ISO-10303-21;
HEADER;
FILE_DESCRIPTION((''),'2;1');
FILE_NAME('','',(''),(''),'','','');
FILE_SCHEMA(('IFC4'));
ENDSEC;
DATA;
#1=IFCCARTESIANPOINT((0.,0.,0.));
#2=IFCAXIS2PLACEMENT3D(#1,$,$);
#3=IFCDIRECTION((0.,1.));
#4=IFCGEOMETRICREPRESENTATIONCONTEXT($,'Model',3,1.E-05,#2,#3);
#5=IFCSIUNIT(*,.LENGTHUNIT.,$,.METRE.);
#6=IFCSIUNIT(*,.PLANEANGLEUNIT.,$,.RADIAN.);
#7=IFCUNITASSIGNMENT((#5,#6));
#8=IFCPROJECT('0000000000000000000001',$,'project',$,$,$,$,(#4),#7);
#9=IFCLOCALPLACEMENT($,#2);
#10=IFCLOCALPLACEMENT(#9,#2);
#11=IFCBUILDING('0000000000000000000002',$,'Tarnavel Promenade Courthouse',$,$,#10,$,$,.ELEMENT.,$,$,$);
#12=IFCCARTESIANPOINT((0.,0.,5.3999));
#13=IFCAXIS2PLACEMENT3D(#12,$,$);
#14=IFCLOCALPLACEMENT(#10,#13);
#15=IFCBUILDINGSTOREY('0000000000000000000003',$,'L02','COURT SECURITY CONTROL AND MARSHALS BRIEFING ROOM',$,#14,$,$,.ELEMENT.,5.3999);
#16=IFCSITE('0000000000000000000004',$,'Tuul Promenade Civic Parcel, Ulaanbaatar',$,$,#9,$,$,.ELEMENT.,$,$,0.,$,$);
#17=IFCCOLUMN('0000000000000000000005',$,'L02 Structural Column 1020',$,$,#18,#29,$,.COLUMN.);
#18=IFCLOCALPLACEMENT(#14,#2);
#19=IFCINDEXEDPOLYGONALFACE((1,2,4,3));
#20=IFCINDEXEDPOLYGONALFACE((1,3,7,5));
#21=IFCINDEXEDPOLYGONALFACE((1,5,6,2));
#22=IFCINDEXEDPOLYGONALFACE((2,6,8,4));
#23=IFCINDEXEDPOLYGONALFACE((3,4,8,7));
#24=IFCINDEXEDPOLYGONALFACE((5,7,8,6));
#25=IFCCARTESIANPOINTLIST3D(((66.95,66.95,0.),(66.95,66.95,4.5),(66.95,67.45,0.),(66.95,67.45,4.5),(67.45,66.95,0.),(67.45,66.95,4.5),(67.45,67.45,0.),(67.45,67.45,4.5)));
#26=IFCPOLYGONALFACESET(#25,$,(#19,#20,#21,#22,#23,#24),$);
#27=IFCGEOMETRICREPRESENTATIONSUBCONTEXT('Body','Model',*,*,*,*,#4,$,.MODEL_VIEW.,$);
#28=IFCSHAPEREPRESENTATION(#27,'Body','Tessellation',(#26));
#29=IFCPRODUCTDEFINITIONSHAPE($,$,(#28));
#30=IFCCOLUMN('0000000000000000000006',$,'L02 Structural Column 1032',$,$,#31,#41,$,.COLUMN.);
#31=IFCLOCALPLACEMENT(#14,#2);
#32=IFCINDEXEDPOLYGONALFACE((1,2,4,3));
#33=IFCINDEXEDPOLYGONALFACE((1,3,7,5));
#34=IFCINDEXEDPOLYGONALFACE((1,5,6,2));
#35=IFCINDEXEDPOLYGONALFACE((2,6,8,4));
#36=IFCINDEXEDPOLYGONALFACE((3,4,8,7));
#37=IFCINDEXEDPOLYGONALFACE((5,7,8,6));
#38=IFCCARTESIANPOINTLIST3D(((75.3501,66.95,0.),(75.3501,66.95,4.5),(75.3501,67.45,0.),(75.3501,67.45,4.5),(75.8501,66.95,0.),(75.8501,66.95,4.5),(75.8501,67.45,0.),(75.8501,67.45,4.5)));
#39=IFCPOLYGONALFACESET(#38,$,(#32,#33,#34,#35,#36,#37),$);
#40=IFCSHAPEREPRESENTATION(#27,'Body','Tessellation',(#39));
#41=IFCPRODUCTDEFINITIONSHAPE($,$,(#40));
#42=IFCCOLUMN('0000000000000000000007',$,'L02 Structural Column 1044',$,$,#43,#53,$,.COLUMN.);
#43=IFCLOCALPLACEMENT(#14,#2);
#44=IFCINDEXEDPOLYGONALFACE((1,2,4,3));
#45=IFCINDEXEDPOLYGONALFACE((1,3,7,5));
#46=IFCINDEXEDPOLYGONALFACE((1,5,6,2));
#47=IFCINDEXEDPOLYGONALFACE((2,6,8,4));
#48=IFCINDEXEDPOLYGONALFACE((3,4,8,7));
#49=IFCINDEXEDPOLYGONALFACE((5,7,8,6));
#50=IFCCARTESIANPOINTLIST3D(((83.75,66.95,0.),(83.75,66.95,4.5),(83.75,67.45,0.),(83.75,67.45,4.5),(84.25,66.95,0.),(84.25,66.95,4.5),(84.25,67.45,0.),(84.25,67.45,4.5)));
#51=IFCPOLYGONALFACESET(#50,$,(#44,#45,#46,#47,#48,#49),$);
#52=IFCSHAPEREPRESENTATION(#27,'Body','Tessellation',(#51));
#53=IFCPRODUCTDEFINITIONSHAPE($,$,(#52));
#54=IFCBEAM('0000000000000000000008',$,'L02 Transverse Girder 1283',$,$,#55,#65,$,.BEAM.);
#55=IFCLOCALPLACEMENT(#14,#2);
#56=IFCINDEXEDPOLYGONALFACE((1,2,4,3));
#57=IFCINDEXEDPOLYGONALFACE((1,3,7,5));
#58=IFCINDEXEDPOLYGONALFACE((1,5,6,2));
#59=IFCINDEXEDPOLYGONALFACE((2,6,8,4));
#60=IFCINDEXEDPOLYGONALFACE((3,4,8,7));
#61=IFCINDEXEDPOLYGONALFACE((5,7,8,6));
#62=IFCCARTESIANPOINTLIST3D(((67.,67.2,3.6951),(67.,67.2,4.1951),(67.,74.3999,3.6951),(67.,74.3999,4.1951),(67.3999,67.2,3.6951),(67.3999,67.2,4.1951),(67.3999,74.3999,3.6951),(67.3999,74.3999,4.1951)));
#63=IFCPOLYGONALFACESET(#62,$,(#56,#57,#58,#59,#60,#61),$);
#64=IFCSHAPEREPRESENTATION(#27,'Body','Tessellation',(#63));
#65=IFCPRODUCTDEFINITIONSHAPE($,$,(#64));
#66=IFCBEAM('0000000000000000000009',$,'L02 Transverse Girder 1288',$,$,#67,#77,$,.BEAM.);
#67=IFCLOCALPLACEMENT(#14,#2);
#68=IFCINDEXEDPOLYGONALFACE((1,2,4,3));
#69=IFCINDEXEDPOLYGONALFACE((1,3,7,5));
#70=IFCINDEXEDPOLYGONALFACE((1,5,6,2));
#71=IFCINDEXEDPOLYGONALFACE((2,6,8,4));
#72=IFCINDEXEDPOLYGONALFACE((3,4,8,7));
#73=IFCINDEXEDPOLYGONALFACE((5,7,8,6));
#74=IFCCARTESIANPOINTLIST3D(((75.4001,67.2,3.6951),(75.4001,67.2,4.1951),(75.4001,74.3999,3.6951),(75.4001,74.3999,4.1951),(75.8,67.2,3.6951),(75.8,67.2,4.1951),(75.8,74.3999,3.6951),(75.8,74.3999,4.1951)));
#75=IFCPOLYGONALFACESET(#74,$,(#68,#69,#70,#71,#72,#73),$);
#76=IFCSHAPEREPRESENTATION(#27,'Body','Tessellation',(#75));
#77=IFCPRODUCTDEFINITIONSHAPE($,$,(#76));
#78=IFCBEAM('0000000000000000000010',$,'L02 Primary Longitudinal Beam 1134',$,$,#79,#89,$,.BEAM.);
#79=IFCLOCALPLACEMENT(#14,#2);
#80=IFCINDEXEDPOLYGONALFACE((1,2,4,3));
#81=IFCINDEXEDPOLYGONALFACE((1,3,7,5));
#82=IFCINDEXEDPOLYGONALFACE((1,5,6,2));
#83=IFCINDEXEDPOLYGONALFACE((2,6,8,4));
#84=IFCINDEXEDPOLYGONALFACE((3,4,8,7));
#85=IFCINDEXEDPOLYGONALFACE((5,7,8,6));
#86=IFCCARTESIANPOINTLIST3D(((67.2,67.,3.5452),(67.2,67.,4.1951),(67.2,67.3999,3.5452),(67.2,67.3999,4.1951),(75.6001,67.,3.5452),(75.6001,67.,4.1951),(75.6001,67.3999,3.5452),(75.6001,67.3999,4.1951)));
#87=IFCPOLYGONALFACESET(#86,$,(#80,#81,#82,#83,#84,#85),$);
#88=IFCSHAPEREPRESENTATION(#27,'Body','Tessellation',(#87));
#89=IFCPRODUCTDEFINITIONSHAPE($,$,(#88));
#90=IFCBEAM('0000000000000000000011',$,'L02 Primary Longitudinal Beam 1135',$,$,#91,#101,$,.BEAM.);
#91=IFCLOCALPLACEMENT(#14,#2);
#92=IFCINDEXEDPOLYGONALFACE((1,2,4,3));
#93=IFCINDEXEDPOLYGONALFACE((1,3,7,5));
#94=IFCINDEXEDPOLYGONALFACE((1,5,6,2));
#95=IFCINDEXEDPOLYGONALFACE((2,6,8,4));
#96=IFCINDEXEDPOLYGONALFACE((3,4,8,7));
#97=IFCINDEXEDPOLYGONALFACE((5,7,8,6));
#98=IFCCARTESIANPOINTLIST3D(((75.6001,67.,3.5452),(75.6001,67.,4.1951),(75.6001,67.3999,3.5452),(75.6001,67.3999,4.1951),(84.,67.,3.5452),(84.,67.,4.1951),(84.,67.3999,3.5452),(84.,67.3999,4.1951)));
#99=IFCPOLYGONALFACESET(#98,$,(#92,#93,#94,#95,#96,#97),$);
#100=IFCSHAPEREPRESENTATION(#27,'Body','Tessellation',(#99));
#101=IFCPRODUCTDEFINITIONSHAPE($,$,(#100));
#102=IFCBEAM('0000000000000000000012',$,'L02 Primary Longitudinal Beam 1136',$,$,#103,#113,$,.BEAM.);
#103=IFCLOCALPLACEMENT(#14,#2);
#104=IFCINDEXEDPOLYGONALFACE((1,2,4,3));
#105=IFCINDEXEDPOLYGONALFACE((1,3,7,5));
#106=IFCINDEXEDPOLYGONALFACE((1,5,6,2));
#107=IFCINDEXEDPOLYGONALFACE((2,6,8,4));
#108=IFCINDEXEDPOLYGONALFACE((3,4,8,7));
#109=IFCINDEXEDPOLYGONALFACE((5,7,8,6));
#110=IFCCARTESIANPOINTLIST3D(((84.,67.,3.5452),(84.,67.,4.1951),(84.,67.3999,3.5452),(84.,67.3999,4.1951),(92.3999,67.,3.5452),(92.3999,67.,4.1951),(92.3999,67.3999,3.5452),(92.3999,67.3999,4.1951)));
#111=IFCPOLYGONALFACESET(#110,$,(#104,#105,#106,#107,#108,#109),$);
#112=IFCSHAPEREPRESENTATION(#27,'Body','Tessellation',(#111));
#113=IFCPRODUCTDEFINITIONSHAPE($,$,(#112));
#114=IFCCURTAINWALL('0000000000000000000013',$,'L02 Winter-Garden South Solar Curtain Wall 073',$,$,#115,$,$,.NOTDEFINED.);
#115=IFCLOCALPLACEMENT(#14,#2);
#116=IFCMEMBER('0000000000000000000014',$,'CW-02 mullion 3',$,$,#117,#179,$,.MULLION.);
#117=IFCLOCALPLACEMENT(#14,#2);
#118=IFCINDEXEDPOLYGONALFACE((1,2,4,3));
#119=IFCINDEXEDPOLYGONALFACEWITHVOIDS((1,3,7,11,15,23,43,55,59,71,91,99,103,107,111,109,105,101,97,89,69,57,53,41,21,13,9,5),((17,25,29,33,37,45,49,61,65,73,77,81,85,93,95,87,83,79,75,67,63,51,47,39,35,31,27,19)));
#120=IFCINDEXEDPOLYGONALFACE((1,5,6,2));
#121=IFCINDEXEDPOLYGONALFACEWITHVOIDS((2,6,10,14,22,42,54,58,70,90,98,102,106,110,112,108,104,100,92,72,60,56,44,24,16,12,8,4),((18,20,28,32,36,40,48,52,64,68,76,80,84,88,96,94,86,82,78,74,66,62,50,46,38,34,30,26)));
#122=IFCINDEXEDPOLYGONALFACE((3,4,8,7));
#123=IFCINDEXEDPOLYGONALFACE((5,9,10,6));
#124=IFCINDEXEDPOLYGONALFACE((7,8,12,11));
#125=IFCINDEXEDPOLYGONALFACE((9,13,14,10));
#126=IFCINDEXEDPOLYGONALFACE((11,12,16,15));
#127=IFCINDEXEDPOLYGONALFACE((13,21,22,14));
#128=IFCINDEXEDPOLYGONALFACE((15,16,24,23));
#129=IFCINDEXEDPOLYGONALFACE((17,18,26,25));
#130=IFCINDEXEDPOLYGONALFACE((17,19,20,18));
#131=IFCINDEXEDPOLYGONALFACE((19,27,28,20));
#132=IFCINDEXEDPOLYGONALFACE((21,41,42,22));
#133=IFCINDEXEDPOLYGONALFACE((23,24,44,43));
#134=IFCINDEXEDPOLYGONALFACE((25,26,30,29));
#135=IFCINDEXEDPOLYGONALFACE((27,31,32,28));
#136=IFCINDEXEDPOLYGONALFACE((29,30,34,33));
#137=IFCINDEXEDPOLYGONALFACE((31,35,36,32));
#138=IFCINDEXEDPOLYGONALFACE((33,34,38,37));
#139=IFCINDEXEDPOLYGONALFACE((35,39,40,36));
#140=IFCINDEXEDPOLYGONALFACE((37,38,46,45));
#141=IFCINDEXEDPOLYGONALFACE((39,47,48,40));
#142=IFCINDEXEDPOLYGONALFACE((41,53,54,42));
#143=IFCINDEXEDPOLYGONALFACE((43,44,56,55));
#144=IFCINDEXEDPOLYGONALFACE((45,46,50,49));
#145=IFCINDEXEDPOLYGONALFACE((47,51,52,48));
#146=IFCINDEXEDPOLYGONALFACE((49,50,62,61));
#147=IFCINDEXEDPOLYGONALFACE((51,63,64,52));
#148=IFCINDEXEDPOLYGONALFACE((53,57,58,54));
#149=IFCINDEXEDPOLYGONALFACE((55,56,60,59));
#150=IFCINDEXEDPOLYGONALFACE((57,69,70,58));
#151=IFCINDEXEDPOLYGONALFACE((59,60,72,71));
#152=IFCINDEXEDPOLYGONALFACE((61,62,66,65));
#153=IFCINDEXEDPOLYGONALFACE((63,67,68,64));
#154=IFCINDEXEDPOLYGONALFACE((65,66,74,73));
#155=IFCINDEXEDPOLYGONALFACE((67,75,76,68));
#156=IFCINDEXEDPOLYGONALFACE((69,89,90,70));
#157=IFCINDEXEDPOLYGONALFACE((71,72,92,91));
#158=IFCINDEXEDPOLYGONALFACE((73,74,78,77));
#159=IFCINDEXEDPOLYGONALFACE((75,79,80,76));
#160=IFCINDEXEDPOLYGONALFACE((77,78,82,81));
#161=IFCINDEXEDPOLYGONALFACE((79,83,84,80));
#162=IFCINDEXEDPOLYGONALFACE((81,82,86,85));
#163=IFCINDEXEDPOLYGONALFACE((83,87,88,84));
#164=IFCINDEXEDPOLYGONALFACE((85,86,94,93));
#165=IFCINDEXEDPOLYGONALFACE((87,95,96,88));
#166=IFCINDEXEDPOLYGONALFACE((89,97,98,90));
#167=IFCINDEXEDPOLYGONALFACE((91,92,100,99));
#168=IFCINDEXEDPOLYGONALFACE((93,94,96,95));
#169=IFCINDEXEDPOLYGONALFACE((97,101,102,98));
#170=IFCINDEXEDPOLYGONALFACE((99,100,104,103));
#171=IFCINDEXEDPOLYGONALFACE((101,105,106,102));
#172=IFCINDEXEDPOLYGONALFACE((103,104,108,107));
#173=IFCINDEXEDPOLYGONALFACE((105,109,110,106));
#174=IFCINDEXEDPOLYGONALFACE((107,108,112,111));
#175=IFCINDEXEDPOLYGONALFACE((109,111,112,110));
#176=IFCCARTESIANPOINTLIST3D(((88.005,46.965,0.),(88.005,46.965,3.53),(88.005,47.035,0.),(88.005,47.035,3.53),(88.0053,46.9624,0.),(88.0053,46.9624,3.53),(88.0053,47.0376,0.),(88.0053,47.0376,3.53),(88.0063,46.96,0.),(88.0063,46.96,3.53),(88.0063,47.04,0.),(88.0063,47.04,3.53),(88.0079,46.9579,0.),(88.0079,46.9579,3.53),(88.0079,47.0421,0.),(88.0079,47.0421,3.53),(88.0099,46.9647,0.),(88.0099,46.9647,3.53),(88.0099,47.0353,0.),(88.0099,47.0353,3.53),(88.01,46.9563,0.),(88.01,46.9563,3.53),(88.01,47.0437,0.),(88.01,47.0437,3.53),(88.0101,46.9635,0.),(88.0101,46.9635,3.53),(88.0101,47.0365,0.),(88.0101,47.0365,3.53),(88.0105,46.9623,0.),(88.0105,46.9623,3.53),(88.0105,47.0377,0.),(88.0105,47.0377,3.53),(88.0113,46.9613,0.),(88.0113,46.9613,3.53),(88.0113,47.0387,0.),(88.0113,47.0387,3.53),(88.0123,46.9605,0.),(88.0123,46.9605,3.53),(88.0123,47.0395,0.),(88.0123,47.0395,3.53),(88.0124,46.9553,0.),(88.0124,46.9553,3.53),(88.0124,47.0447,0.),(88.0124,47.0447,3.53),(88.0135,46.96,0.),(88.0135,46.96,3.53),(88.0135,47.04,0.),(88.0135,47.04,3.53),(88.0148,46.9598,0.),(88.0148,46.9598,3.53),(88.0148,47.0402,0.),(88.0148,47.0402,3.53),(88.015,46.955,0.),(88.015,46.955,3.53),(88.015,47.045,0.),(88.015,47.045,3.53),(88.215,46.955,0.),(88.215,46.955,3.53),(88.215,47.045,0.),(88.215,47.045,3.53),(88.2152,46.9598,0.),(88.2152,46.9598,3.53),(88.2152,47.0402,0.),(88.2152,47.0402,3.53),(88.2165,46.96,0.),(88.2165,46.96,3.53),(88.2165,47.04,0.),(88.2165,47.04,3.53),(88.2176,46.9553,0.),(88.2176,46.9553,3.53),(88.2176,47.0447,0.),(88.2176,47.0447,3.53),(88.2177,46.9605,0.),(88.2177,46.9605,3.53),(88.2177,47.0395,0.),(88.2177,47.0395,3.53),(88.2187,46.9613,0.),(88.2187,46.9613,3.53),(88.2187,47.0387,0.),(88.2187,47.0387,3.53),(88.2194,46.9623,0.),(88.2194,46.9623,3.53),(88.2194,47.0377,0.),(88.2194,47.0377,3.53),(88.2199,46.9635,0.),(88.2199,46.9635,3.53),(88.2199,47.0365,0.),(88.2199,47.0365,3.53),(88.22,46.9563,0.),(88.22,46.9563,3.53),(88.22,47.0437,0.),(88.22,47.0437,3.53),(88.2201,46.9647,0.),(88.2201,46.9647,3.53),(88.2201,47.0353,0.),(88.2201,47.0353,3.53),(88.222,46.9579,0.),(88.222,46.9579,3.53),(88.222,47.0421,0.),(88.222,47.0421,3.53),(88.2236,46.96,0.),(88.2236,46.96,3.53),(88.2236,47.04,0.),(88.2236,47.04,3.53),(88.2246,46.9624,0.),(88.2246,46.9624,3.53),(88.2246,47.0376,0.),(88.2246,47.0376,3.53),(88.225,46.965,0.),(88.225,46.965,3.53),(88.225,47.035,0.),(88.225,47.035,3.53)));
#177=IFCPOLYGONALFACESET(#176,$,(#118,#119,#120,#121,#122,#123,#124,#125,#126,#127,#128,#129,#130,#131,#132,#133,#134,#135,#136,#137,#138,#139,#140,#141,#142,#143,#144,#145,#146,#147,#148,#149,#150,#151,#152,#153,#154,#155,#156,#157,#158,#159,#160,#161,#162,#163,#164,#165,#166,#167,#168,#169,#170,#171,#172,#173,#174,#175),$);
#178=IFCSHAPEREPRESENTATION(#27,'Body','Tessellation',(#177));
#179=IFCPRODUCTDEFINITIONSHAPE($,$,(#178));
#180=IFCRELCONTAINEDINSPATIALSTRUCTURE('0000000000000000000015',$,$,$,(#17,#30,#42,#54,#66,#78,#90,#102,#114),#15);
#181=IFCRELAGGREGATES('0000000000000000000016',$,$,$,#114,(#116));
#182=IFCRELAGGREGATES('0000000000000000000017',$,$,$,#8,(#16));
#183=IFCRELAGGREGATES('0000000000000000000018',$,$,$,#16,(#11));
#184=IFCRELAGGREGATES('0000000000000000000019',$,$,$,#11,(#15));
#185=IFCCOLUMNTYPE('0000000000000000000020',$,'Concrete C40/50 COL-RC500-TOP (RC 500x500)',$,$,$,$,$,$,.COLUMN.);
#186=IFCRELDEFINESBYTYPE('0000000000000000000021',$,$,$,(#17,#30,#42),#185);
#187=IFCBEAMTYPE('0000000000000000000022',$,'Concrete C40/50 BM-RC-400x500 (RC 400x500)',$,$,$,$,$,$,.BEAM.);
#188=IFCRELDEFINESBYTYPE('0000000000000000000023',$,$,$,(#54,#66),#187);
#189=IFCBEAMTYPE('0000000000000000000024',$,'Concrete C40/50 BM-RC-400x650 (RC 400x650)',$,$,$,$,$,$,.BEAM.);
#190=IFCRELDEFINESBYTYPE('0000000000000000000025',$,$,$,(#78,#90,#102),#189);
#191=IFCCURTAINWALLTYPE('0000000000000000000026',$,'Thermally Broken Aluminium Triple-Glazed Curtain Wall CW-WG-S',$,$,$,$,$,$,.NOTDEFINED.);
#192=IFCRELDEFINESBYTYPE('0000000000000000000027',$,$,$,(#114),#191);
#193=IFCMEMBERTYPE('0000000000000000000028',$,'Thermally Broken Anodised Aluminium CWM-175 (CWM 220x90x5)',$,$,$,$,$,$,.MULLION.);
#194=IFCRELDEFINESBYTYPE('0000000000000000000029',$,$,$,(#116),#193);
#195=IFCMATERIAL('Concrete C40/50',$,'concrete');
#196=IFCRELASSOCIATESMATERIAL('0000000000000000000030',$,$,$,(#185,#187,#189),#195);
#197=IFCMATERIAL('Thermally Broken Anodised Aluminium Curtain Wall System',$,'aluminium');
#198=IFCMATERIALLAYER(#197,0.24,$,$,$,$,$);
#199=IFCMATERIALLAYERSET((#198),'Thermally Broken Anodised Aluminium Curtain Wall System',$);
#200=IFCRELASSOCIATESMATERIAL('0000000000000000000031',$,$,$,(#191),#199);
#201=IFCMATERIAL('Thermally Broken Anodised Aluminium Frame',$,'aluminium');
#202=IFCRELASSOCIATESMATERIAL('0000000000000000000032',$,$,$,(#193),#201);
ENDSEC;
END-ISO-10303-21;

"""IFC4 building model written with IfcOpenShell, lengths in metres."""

from ifc_helpers import new_model, si_unit, direction, frame, origin, origin_2d, place, context, subcontext, project, spatial, rectangle, hollow_rectangle, extrude, material, layer, layer_set, material_profile, profile_set, type_object, element, aggregate, save


model = new_model("IFC4")

# Units and contexts
model_context = context("Model", 3, precision=1e-05, world=origin(), true_north=direction((0.0, 1.0)))
body_context = subcontext(model_context, "Body", "Model", "MODEL_VIEW")
ifc_project = project(units=[si_unit("LENGTHUNIT", "METRE"), si_unit("PLANEANGLEUNIT", "RADIAN")], contexts=[model_context])

# Site, building, storey
site_placement = place(None, origin())
site = spatial("IfcSite", under=ifc_project, at=site_placement, Name="Tuul Promenade Civic Parcel, Ulaanbaatar", CompositionType="ELEMENT", RefElevation=0.0)
building_placement = place(site_placement, origin())
building = spatial("IfcBuilding", under=site, at=building_placement, Name="Tarnavel Promenade Courthouse", CompositionType="ELEMENT")
storey_placement = place(building_placement, frame((0.0, 0.0, 5.3999)))
storey = spatial("IfcBuildingStorey", under=building, at=storey_placement, Name="L02", Description="COURT SECURITY CONTROL AND MARSHALS BRIEFING ROOM", CompositionType="ELEMENT", Elevation=5.3999)

# Columns
ifc_material_1 = material(Name="Concrete C40/50", Category="concrete")
ifc_material_profile_1 = material_profile(ifc_material_1, rectangle(XDim=0.5, YDim=0.5, at=origin_2d()), Name="RC 500x500")
ifc_profile_set_1 = profile_set([ifc_material_profile_1], Name="Concrete C40/50")
column_type = type_object("IfcColumnType", Name="Concrete C40/50 COL-RC500-TOP (RC 500x500)", PredefinedType="COLUMN", material=ifc_profile_set_1)
for number, where, z_axis, x_axis, name in (
    (1, (67.2, 67.2, 0.0), (0.0, 0.0, 1.0), (1.0, 0.0, 0.0), "L02 Structural Column 1020"),
    (2, (75.6001, 67.2, 0.0), (0.0, 0.0, 1.0), (1.0, 0.0, 0.0), "L02 Structural Column 1032"),
    (3, (84.0, 67.2, 0.0), (0.0, 0.0, 1.0), (1.0, 0.0, 0.0), "L02 Structural Column 1044"),
):
    element("IfcColumn", number, at=place(storey_placement, frame(where, z_axis=z_axis, x_axis=x_axis)), inside=storey, type_object=column_type, Name=name, PredefinedType="COLUMN", context=body_context, shape_type="SweptSolid", body=[
        extrude(rectangle(XDim=0.5, YDim=0.5, at=origin_2d()), origin(), (0.0, 0.0, 1.0), 4.5),
    ])

# Beams
ifc_material_profile_2 = material_profile(ifc_material_1, rectangle(XDim=0.3999, YDim=0.5, at=origin_2d()), Name="RC 400x500")
ifc_profile_set_2 = profile_set([ifc_material_profile_2], Name="Concrete C40/50")
beam_type_1 = type_object("IfcBeamType", Name="Concrete C40/50 BM-RC-400x500 (RC 400x500)", PredefinedType="BEAM", material=ifc_profile_set_2)
for number, where, z_axis, x_axis, name in (
    (4, (67.2, 67.2, 3.9451), (0.0, 1.0, 0.0), (-1.0, 0.0, 0.0), "L02 Transverse Girder 1283"),
    (5, (75.6001, 67.2, 3.9451), (0.0, 1.0, 0.0), (-1.0, 0.0, 0.0), "L02 Transverse Girder 1288"),
):
    element("IfcBeam", number, at=place(storey_placement, frame(where, z_axis=z_axis, x_axis=x_axis)), inside=storey, type_object=beam_type_1, Name=name, PredefinedType="BEAM", context=body_context, shape_type="SweptSolid", body=[
        extrude(rectangle(XDim=0.3999, YDim=0.5, at=origin_2d()), origin(), (0.0, 0.0, 1.0), 7.2),
    ])
ifc_material_profile_3 = material_profile(ifc_material_1, rectangle(XDim=0.3999, YDim=0.6499, at=origin_2d()), Name="RC 400x650")
ifc_profile_set_3 = profile_set([ifc_material_profile_3], Name="Concrete C40/50")
beam_type_2 = type_object("IfcBeamType", Name="Concrete C40/50 BM-RC-400x650 (RC 400x650)", PredefinedType="BEAM", material=ifc_profile_set_3)
beam_placement = place(storey_placement, frame((67.2, 67.2, 3.8701), z_axis=(1.0, 0.0, 0.0), x_axis=(0.0, 1.0, 0.0)))
element("IfcBeam", 6, at=beam_placement, inside=storey, type_object=beam_type_2, Name="L02 Primary Longitudinal Beam 1134", PredefinedType="BEAM", context=body_context, shape_type="SweptSolid", body=[
    extrude(rectangle(XDim=0.3999, YDim=0.6499, at=origin_2d()), origin(), (0.0, 0.0, 1.0), 8.4001),
])
for number, where, z_axis, x_axis, name in (
    (7, (75.6001, 67.2, 3.8701), (1.0, 0.0, 0.0), (0.0, 1.0, 0.0), "L02 Primary Longitudinal Beam 1135"),
    (8, (84.0, 67.2, 3.8701), (1.0, 0.0, 0.0), (0.0, 1.0, 0.0), "L02 Primary Longitudinal Beam 1136"),
):
    element("IfcBeam", number, at=place(storey_placement, frame(where, z_axis=z_axis, x_axis=x_axis)), inside=storey, type_object=beam_type_2, Name=name, PredefinedType="BEAM", context=body_context, shape_type="SweptSolid", body=[
        extrude(rectangle(XDim=0.3999, YDim=0.6499, at=origin_2d()), origin(), (0.0, 0.0, 1.0), 8.3999),
    ])

# Curtain wall, member
ifc_material_2 = material(Name="Thermally Broken Anodised Aluminium Curtain Wall System", Category="aluminium")
ifc_layer_1 = layer(ifc_material_2, 0.24)
ifc_layer_set_1 = layer_set([ifc_layer_1], Name="Thermally Broken Anodised Aluminium Curtain Wall System")
curtain_wall_type = type_object("IfcCurtainWallType", Name="Thermally Broken Aluminium Triple-Glazed Curtain Wall CW-WG-S", PredefinedType="NOTDEFINED", material=ifc_layer_set_1)
curtain_wall_1_placement = place(storey_placement, origin())
curtain_wall_1 = element("IfcCurtainWall", 9, at=curtain_wall_1_placement, inside=storey, type_object=curtain_wall_type, Name="L02 Winter-Garden South Solar Curtain Wall 073", PredefinedType="NOTDEFINED")
ifc_material_3 = material(Name="Thermally Broken Anodised Aluminium Frame", Category="aluminium")
ifc_material_profile_4 = material_profile(ifc_material_3, hollow_rectangle(XDim=0.0901, YDim=0.22, WallThickness=0.0049, InnerFilletRadius=0.0049, OuterFilletRadius=0.01, at=origin_2d()), Name="CWM 220x90x5")
ifc_profile_set_4 = profile_set([ifc_material_profile_4], Name="Thermally Broken Anodised Aluminium Frame")
member_type_1 = type_object("IfcMemberType", Name="Thermally Broken Anodised Aluminium CWM-175 (CWM 220x90x5)", PredefinedType="MULLION", material=ifc_profile_set_4)
member_1_placement = place(storey_placement, frame((88.115, 47.0, 0.0), z_axis=(0.0, 0.0, 1.0), x_axis=(0.0, 1.0, 0.0)))
member_1 = element("IfcMember", 10, at=member_1_placement, type_object=member_type_1, Name="CW-02 mullion 3", PredefinedType="MULLION", context=body_context, shape_type="SweptSolid", body=[
    extrude(hollow_rectangle(XDim=0.0901, YDim=0.22, WallThickness=0.0049, InnerFilletRadius=0.0049, OuterFilletRadius=0.01, at=origin_2d()), origin(), (0.0, 0.0, 1.0), 3.53),
])

aggregate(curtain_wall_1, [member_1])

save(model, "model.ifc")
